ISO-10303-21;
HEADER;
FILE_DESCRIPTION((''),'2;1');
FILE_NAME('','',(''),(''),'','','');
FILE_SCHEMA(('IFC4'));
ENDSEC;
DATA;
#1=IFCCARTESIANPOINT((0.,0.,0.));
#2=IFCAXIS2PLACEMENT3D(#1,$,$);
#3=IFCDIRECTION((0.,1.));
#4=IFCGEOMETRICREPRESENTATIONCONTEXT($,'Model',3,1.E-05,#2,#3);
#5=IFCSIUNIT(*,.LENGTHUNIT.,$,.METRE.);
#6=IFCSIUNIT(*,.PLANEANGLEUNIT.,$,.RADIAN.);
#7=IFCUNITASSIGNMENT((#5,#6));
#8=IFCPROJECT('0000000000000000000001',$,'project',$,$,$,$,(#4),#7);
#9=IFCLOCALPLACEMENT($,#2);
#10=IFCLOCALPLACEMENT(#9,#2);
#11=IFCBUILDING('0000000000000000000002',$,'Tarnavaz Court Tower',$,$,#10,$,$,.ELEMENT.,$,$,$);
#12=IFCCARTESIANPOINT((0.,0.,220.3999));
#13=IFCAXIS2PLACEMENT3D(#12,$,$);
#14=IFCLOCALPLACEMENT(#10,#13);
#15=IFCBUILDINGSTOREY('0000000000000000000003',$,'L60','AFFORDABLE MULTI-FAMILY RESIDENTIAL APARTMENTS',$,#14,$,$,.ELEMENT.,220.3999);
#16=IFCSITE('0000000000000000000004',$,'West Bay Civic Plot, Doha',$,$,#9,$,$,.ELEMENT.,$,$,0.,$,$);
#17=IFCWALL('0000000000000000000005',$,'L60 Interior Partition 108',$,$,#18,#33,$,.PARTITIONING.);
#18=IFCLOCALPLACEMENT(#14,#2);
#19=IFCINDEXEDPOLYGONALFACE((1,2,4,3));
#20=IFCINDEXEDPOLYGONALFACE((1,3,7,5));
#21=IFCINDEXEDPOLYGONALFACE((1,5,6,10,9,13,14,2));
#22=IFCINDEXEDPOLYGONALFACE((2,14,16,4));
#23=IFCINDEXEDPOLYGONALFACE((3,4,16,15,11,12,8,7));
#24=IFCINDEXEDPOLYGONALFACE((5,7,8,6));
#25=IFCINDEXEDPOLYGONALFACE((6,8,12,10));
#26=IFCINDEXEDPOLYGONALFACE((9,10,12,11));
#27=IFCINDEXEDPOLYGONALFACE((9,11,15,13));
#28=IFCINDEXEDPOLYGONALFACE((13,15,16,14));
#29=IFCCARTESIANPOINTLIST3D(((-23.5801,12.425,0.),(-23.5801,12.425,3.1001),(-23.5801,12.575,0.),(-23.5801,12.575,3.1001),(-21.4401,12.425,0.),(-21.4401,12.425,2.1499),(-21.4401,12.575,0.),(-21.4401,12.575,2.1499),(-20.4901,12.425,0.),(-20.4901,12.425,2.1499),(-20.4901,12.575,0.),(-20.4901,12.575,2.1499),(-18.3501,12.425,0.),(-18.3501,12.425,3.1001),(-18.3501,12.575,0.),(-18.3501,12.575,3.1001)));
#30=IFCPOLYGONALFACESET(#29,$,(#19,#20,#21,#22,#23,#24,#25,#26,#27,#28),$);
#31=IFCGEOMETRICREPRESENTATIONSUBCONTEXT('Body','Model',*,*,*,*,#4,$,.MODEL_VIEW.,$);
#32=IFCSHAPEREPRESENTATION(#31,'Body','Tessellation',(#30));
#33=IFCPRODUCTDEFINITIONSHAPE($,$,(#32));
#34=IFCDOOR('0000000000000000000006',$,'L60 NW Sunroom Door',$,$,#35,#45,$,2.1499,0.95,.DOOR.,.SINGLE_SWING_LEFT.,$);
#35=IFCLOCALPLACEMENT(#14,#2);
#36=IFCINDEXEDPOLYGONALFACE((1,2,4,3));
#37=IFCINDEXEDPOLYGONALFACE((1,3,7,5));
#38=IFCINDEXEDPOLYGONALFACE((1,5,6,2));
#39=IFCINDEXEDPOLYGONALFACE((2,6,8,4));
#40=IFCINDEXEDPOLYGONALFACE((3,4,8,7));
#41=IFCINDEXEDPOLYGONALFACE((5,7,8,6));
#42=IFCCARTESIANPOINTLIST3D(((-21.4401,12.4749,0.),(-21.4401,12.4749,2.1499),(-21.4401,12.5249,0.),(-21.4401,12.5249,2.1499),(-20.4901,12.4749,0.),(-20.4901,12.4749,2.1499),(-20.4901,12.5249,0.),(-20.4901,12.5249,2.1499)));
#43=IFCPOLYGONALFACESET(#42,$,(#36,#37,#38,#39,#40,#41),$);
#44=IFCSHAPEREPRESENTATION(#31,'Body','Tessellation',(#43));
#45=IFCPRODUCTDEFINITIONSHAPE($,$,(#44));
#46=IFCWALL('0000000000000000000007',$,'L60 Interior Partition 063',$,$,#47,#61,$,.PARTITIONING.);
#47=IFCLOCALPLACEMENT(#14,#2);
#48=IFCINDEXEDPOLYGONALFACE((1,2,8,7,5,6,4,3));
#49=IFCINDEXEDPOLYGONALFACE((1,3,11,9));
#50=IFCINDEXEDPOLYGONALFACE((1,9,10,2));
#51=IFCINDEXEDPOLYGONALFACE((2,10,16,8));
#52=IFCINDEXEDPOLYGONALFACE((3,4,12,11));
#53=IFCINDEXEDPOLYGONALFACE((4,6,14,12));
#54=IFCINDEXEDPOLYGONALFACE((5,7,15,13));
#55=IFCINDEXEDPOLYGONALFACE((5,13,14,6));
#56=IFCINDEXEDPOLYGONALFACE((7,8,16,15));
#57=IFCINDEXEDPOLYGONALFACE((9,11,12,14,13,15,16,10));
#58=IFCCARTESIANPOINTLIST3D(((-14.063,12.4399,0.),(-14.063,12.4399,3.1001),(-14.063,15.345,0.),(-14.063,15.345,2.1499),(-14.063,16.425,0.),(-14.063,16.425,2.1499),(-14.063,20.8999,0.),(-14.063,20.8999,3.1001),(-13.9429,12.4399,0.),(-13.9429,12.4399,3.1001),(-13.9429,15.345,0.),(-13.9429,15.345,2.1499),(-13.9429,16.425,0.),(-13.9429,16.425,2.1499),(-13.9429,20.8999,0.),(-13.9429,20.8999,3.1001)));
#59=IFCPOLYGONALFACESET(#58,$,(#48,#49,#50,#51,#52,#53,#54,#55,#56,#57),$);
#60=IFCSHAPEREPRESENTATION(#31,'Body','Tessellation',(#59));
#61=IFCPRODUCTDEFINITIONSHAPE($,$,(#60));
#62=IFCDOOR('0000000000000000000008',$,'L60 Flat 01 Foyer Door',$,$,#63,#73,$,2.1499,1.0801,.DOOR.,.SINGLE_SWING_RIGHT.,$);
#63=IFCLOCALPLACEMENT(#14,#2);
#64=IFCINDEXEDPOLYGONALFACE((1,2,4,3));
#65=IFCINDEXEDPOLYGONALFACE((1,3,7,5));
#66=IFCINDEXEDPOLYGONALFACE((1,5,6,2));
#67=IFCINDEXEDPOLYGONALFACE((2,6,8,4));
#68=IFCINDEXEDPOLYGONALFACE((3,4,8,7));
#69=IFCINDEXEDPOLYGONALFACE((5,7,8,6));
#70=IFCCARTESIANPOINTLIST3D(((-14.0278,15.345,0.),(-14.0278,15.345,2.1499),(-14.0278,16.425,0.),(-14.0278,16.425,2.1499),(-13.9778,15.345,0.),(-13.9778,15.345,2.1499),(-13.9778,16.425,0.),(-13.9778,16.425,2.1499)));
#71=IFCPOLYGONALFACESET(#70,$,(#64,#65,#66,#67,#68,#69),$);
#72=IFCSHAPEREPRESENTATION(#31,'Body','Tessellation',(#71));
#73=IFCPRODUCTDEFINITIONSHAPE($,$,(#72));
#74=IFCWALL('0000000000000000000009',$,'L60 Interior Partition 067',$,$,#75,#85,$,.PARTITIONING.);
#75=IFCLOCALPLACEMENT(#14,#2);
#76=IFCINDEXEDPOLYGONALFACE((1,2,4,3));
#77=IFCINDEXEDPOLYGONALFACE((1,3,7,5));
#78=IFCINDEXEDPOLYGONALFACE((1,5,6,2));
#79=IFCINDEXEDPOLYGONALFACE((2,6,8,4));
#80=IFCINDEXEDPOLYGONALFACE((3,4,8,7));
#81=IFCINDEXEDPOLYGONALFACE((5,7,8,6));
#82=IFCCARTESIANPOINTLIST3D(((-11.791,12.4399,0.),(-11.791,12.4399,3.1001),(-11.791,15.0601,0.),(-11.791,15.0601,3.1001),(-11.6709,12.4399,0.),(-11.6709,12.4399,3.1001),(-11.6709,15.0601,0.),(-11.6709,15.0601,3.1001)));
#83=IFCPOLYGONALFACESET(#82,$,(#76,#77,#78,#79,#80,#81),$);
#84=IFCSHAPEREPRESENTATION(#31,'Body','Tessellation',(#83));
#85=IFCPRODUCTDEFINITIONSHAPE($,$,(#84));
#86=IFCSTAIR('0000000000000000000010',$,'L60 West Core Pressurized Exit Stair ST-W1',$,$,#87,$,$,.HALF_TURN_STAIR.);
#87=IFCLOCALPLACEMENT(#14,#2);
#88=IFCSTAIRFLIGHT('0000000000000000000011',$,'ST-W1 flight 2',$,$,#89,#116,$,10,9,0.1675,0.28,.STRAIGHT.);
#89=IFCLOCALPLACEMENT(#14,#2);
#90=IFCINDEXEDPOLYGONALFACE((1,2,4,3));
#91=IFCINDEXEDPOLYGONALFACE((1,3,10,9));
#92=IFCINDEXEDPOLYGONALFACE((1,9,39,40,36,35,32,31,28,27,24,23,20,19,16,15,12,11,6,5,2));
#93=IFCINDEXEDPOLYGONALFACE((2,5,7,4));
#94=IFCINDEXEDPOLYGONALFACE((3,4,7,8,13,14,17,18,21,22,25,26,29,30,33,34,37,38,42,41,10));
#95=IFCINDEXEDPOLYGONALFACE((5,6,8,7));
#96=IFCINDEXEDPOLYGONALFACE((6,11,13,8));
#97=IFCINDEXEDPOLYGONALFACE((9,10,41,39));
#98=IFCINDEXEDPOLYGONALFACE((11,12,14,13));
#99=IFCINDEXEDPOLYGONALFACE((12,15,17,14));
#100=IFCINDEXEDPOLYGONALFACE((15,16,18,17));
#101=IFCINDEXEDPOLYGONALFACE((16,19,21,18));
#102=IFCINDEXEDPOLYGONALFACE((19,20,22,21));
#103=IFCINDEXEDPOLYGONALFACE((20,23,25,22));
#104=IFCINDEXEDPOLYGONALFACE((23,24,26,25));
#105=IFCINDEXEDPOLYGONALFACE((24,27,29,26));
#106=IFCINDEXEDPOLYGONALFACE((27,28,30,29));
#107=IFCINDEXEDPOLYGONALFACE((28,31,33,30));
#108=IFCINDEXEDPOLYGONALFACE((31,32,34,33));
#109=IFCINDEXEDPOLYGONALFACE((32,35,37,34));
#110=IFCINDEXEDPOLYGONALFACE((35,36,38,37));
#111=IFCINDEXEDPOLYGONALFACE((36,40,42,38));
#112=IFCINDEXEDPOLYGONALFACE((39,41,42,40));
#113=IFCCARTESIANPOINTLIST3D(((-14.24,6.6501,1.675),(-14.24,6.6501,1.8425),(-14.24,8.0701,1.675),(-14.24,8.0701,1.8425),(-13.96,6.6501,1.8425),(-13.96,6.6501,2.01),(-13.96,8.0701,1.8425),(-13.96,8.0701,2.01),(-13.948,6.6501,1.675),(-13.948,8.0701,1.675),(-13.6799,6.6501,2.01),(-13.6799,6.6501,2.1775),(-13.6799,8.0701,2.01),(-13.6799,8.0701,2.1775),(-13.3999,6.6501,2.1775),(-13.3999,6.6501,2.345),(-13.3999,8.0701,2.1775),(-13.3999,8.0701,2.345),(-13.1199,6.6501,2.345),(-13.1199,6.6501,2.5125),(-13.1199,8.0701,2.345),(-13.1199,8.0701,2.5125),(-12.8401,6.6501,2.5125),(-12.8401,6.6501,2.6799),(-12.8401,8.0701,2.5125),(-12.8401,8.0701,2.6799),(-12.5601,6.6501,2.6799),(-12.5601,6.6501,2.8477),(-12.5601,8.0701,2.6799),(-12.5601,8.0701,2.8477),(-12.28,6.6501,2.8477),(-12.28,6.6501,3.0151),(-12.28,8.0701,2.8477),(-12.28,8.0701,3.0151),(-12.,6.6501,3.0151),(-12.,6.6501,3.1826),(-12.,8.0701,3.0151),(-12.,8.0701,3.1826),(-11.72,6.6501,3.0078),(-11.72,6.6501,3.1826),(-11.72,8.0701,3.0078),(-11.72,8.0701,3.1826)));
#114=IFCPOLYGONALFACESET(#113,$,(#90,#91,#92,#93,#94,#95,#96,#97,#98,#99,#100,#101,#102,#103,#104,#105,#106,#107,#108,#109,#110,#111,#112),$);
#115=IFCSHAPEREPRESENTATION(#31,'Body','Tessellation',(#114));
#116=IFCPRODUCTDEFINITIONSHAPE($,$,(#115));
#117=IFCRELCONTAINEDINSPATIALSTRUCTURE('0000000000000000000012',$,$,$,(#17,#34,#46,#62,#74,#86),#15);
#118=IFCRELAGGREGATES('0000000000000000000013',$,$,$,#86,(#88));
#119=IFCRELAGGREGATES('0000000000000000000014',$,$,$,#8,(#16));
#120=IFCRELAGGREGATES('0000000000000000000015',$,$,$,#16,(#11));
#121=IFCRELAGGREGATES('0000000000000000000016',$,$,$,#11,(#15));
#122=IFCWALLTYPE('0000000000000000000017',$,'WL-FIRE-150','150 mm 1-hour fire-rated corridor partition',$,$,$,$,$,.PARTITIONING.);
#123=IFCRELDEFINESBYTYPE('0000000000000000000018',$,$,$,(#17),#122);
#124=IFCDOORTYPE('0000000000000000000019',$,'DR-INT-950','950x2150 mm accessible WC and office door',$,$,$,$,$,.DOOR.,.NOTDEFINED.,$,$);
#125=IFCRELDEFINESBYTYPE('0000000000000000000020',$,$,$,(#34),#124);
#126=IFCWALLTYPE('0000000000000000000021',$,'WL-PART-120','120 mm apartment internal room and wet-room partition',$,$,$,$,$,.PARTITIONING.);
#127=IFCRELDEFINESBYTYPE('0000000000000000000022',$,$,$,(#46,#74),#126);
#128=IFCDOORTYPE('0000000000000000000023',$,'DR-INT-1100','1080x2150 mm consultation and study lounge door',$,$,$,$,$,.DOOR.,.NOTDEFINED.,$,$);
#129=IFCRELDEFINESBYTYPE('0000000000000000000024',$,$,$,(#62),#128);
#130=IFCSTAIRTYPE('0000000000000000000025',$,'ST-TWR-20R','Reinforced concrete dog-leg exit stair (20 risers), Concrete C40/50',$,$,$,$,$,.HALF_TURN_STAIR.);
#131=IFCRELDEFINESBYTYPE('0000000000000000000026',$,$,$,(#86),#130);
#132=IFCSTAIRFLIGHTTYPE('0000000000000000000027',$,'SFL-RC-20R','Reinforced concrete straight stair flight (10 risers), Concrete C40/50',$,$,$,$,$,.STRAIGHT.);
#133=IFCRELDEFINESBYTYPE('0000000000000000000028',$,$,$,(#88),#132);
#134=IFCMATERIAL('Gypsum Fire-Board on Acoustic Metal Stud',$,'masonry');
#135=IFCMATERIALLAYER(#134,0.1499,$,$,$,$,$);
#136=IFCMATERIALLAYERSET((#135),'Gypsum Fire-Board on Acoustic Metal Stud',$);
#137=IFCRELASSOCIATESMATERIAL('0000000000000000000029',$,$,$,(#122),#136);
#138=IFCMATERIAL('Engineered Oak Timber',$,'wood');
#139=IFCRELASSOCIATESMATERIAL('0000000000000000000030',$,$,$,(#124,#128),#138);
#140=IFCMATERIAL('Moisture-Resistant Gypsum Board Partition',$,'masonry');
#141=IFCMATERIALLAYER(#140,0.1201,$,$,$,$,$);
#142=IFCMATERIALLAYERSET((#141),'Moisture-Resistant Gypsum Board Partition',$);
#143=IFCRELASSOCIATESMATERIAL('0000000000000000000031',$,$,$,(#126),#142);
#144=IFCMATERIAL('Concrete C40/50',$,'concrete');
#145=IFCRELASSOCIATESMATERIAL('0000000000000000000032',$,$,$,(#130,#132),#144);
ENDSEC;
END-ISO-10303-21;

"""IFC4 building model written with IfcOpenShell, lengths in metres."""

from ifc_helpers import new_model, si_unit, direction, frame, frame_2d, origin, place, context, subcontext, project, spatial, polyline, rectangle, outline, extrude, material, layer, layer_set, type_object, element, fill, aggregate, save


model = new_model("IFC4")

# Units and contexts
model_context = context("Model", 3, precision=1e-05, world=origin(), true_north=direction((0.0, 1.0)))
body_context = subcontext(model_context, "Body", "Model", "MODEL_VIEW")
ifc_project = project(units=[si_unit("LENGTHUNIT", "METRE"), si_unit("PLANEANGLEUNIT", "RADIAN")], contexts=[model_context])

# Site, building, storey
site_placement = place(None, origin())
site = spatial("IfcSite", under=ifc_project, at=site_placement, Name="West Bay Civic Plot, Doha", CompositionType="ELEMENT", RefElevation=0.0)
building_placement = place(site_placement, origin())
building = spatial("IfcBuilding", under=site, at=building_placement, Name="Tarnavaz Court Tower", CompositionType="ELEMENT")
storey_placement = place(building_placement, frame((0.0, 0.0, 220.3999)))
storey = spatial("IfcBuildingStorey", under=building, at=storey_placement, Name="L60", Description="AFFORDABLE MULTI-FAMILY RESIDENTIAL APARTMENTS", CompositionType="ELEMENT", Elevation=220.3999)

# Shared definitions
ifc_material_1 = material(Name="Gypsum Fire-Board on Acoustic Metal Stud", Category="masonry")
ifc_layer_1 = layer(ifc_material_1, 0.1499)
ifc_layer_set_1 = layer_set([ifc_layer_1], Name="Gypsum Fire-Board on Acoustic Metal Stud")
wall_type_1 = type_object("IfcWallType", Name="WL-FIRE-150", Description="150 mm 1-hour fire-rated corridor partition", PredefinedType="PARTITIONING", material=ifc_layer_set_1)

# Walls, openings, doors
wall_1_placement = place(storey_placement, frame((-23.5801, 12.5, 0.0), z_axis=(0.0, 0.0, 1.0), x_axis=(1.0, 0.0, 0.0)))
wall_1 = element("IfcWall", 1, at=wall_1_placement, inside=storey, type_object=wall_type_1, Name="L60 Interior Partition 108", PredefinedType="PARTITIONING", context=body_context, shape_type="SweptSolid", body=[
    extrude(rectangle(XDim=5.23, YDim=0.1499, at=frame_2d((2.615, 0.0))), origin(), (0.0, 0.0, 1.0), 3.1001),
])
opening_1_placement = place(wall_1_placement, frame((2.1399, 0.0, 0.0)))
opening_1 = element("IfcOpeningElement", 2, at=opening_1_placement, cuts=wall_1, PredefinedType="OPENING", context=body_context, shape_type="SweptSolid", body=[
    extrude(rectangle(XDim=0.95, YDim=2.1499, at=frame_2d((0.4751, 1.075))), frame((0.0, 0.085, 0.0), z_axis=(0.0, -1.0, 0.0), x_axis=(1.0, 0.0, 0.0)), (0.0, 0.0, 1.0), 0.1699),
])
ifc_material_2 = material(Name="Engineered Oak Timber", Category="wood")
door_type_1 = type_object("IfcDoorType", Name="DR-INT-950", Description="950x2150 mm accessible WC and office door", OperationType="NOTDEFINED", PredefinedType="DOOR", material=ifc_material_2)
door_1_placement = place(opening_1_placement, origin())
door_1 = element("IfcDoor", 3, at=door_1_placement, inside=storey, type_object=door_type_1, Name="L60 NW Sunroom Door", OperationType="SINGLE_SWING_LEFT", OverallHeight=2.1499, OverallWidth=0.95, PredefinedType="DOOR", context=body_context, shape_type="SweptSolid", body=[
    extrude(rectangle(XDim=0.95, YDim=2.1499, at=frame_2d((0.4751, 1.075))), frame((0.0, 0.0249, 0.0), z_axis=(0.0, -1.0, 0.0), x_axis=(1.0, 0.0, 0.0)), (0.0, 0.0, 1.0), 0.05),
])
fill(opening_1, door_1)
ifc_material_3 = material(Name="Moisture-Resistant Gypsum Board Partition", Category="masonry")
ifc_layer_2 = layer(ifc_material_3, 0.1201)
ifc_layer_set_2 = layer_set([ifc_layer_2], Name="Moisture-Resistant Gypsum Board Partition")
wall_type_2 = type_object("IfcWallType", Name="WL-PART-120", Description="120 mm apartment internal room and wet-room partition", PredefinedType="PARTITIONING", material=ifc_layer_set_2)
wall_2_placement = place(storey_placement, frame((-14.0029, 12.4399, 0.0), z_axis=(0.0, 0.0, 1.0), x_axis=(0.0, 1.0, 0.0)))
wall_2 = element("IfcWall", 4, at=wall_2_placement, inside=storey, type_object=wall_type_2, Name="L60 Interior Partition 063", PredefinedType="PARTITIONING", context=body_context, shape_type="SweptSolid", body=[
    extrude(rectangle(XDim=8.46, YDim=0.1201, at=frame_2d((4.23, 0.0))), origin(), (0.0, 0.0, 1.0), 3.1001),
])
opening_2_placement = place(wall_2_placement, frame((2.905, 0.0, 0.0)))
opening_2 = element("IfcOpeningElement", 5, at=opening_2_placement, cuts=wall_2, PredefinedType="OPENING", context=body_context, shape_type="SweptSolid", body=[
    extrude(rectangle(XDim=1.0801, YDim=2.1499, at=frame_2d((0.54, 1.075))), frame((0.0, 0.0701, 0.0), z_axis=(0.0, -1.0, 0.0), x_axis=(1.0, 0.0, 0.0)), (0.0, 0.0, 1.0), 0.1401),
])
door_type_2 = type_object("IfcDoorType", Name="DR-INT-1100", Description="1080x2150 mm consultation and study lounge door", OperationType="NOTDEFINED", PredefinedType="DOOR", material=ifc_material_2)
door_2_placement = place(opening_2_placement, origin())
door_2 = element("IfcDoor", 6, at=door_2_placement, inside=storey, type_object=door_type_2, Name="L60 Flat 01 Foyer Door", OperationType="SINGLE_SWING_RIGHT", OverallHeight=2.1499, OverallWidth=1.0801, PredefinedType="DOOR", context=body_context, shape_type="SweptSolid", body=[
    extrude(rectangle(XDim=1.0801, YDim=2.1499, at=frame_2d((0.54, 1.075))), frame((0.0, 0.0249, 0.0), z_axis=(0.0, -1.0, 0.0), x_axis=(1.0, 0.0, 0.0)), (0.0, 0.0, 1.0), 0.05),
])
fill(opening_2, door_2)

# Wall
wall_3_placement = place(storey_placement, frame((-11.731, 12.4399, 0.0), z_axis=(0.0, 0.0, 1.0), x_axis=(0.0, 1.0, 0.0)))
element("IfcWall", 7, at=wall_3_placement, inside=storey, type_object=wall_type_2, Name="L60 Interior Partition 067", PredefinedType="PARTITIONING", context=body_context, shape_type="SweptSolid", body=[
    extrude(rectangle(XDim=2.6201, YDim=0.1201, at=frame_2d((1.3101, 0.0))), origin(), (0.0, 0.0, 1.0), 3.1001),
])

# Stair, stair flight
ifc_material_4 = material(Name="Concrete C40/50", Category="concrete")
stair_type = type_object("IfcStairType", Name="ST-TWR-20R", Description="Reinforced concrete dog-leg exit stair (20 risers), Concrete C40/50", PredefinedType="HALF_TURN_STAIR", material=ifc_material_4)
stair_placement = place(storey_placement, origin())
stair = element("IfcStair", 8, at=stair_placement, inside=storey, type_object=stair_type, Name="L60 West Core Pressurized Exit Stair ST-W1", PredefinedType="HALF_TURN_STAIR")
stair_flight_type = type_object("IfcStairFlightType", Name="SFL-RC-20R", Description="Reinforced concrete straight stair flight (10 risers), Concrete C40/50", PredefinedType="STRAIGHT", material=ifc_material_4)
stair_flight_placement = place(storey_placement, frame((-14.24, 7.3601, 1.675), z_axis=(0.0, 0.0, 1.0), x_axis=(1.0, 0.0, 0.0)))
stair_flight = element("IfcStairFlight", 9, at=stair_flight_placement, type_object=stair_flight_type, Name="ST-W1 flight 2", NumberOfRisers=10, NumberOfTreads=9, PredefinedType="STRAIGHT", RiserHeight=0.1675, TreadLength=0.28, context=body_context, shape_type="SweptSolid", body=[
    extrude(outline(polyline([(0.0, 0.0), (0.0, 0.1675), (0.28, 0.1675), (0.28, 0.335), (0.5601, 0.335), (0.5601, 0.5024), (0.8401, 0.5024), (0.8401, 0.6699), (1.1201, 0.6699), (1.1201, 0.8374), (1.3999, 0.8374), (1.3999, 1.0049), (1.6799, 1.0049), (1.6799, 1.1726), (1.96, 1.1726), (1.96, 1.3401), (2.24, 1.3401), (2.24, 1.5076), (2.52, 1.5076), (2.52, 1.675), (2.52, 1.3328), (0.292, 0.0), (0.0, 0.0)])), frame((0.0, 0.71, 0.0), z_axis=(0.0, -1.0, 0.0), x_axis=(1.0, 0.0, 0.0)), (0.0, 0.0, 1.0), 1.4199),
])
aggregate(stair, [stair_flight])

save(model, "model.ifc")
